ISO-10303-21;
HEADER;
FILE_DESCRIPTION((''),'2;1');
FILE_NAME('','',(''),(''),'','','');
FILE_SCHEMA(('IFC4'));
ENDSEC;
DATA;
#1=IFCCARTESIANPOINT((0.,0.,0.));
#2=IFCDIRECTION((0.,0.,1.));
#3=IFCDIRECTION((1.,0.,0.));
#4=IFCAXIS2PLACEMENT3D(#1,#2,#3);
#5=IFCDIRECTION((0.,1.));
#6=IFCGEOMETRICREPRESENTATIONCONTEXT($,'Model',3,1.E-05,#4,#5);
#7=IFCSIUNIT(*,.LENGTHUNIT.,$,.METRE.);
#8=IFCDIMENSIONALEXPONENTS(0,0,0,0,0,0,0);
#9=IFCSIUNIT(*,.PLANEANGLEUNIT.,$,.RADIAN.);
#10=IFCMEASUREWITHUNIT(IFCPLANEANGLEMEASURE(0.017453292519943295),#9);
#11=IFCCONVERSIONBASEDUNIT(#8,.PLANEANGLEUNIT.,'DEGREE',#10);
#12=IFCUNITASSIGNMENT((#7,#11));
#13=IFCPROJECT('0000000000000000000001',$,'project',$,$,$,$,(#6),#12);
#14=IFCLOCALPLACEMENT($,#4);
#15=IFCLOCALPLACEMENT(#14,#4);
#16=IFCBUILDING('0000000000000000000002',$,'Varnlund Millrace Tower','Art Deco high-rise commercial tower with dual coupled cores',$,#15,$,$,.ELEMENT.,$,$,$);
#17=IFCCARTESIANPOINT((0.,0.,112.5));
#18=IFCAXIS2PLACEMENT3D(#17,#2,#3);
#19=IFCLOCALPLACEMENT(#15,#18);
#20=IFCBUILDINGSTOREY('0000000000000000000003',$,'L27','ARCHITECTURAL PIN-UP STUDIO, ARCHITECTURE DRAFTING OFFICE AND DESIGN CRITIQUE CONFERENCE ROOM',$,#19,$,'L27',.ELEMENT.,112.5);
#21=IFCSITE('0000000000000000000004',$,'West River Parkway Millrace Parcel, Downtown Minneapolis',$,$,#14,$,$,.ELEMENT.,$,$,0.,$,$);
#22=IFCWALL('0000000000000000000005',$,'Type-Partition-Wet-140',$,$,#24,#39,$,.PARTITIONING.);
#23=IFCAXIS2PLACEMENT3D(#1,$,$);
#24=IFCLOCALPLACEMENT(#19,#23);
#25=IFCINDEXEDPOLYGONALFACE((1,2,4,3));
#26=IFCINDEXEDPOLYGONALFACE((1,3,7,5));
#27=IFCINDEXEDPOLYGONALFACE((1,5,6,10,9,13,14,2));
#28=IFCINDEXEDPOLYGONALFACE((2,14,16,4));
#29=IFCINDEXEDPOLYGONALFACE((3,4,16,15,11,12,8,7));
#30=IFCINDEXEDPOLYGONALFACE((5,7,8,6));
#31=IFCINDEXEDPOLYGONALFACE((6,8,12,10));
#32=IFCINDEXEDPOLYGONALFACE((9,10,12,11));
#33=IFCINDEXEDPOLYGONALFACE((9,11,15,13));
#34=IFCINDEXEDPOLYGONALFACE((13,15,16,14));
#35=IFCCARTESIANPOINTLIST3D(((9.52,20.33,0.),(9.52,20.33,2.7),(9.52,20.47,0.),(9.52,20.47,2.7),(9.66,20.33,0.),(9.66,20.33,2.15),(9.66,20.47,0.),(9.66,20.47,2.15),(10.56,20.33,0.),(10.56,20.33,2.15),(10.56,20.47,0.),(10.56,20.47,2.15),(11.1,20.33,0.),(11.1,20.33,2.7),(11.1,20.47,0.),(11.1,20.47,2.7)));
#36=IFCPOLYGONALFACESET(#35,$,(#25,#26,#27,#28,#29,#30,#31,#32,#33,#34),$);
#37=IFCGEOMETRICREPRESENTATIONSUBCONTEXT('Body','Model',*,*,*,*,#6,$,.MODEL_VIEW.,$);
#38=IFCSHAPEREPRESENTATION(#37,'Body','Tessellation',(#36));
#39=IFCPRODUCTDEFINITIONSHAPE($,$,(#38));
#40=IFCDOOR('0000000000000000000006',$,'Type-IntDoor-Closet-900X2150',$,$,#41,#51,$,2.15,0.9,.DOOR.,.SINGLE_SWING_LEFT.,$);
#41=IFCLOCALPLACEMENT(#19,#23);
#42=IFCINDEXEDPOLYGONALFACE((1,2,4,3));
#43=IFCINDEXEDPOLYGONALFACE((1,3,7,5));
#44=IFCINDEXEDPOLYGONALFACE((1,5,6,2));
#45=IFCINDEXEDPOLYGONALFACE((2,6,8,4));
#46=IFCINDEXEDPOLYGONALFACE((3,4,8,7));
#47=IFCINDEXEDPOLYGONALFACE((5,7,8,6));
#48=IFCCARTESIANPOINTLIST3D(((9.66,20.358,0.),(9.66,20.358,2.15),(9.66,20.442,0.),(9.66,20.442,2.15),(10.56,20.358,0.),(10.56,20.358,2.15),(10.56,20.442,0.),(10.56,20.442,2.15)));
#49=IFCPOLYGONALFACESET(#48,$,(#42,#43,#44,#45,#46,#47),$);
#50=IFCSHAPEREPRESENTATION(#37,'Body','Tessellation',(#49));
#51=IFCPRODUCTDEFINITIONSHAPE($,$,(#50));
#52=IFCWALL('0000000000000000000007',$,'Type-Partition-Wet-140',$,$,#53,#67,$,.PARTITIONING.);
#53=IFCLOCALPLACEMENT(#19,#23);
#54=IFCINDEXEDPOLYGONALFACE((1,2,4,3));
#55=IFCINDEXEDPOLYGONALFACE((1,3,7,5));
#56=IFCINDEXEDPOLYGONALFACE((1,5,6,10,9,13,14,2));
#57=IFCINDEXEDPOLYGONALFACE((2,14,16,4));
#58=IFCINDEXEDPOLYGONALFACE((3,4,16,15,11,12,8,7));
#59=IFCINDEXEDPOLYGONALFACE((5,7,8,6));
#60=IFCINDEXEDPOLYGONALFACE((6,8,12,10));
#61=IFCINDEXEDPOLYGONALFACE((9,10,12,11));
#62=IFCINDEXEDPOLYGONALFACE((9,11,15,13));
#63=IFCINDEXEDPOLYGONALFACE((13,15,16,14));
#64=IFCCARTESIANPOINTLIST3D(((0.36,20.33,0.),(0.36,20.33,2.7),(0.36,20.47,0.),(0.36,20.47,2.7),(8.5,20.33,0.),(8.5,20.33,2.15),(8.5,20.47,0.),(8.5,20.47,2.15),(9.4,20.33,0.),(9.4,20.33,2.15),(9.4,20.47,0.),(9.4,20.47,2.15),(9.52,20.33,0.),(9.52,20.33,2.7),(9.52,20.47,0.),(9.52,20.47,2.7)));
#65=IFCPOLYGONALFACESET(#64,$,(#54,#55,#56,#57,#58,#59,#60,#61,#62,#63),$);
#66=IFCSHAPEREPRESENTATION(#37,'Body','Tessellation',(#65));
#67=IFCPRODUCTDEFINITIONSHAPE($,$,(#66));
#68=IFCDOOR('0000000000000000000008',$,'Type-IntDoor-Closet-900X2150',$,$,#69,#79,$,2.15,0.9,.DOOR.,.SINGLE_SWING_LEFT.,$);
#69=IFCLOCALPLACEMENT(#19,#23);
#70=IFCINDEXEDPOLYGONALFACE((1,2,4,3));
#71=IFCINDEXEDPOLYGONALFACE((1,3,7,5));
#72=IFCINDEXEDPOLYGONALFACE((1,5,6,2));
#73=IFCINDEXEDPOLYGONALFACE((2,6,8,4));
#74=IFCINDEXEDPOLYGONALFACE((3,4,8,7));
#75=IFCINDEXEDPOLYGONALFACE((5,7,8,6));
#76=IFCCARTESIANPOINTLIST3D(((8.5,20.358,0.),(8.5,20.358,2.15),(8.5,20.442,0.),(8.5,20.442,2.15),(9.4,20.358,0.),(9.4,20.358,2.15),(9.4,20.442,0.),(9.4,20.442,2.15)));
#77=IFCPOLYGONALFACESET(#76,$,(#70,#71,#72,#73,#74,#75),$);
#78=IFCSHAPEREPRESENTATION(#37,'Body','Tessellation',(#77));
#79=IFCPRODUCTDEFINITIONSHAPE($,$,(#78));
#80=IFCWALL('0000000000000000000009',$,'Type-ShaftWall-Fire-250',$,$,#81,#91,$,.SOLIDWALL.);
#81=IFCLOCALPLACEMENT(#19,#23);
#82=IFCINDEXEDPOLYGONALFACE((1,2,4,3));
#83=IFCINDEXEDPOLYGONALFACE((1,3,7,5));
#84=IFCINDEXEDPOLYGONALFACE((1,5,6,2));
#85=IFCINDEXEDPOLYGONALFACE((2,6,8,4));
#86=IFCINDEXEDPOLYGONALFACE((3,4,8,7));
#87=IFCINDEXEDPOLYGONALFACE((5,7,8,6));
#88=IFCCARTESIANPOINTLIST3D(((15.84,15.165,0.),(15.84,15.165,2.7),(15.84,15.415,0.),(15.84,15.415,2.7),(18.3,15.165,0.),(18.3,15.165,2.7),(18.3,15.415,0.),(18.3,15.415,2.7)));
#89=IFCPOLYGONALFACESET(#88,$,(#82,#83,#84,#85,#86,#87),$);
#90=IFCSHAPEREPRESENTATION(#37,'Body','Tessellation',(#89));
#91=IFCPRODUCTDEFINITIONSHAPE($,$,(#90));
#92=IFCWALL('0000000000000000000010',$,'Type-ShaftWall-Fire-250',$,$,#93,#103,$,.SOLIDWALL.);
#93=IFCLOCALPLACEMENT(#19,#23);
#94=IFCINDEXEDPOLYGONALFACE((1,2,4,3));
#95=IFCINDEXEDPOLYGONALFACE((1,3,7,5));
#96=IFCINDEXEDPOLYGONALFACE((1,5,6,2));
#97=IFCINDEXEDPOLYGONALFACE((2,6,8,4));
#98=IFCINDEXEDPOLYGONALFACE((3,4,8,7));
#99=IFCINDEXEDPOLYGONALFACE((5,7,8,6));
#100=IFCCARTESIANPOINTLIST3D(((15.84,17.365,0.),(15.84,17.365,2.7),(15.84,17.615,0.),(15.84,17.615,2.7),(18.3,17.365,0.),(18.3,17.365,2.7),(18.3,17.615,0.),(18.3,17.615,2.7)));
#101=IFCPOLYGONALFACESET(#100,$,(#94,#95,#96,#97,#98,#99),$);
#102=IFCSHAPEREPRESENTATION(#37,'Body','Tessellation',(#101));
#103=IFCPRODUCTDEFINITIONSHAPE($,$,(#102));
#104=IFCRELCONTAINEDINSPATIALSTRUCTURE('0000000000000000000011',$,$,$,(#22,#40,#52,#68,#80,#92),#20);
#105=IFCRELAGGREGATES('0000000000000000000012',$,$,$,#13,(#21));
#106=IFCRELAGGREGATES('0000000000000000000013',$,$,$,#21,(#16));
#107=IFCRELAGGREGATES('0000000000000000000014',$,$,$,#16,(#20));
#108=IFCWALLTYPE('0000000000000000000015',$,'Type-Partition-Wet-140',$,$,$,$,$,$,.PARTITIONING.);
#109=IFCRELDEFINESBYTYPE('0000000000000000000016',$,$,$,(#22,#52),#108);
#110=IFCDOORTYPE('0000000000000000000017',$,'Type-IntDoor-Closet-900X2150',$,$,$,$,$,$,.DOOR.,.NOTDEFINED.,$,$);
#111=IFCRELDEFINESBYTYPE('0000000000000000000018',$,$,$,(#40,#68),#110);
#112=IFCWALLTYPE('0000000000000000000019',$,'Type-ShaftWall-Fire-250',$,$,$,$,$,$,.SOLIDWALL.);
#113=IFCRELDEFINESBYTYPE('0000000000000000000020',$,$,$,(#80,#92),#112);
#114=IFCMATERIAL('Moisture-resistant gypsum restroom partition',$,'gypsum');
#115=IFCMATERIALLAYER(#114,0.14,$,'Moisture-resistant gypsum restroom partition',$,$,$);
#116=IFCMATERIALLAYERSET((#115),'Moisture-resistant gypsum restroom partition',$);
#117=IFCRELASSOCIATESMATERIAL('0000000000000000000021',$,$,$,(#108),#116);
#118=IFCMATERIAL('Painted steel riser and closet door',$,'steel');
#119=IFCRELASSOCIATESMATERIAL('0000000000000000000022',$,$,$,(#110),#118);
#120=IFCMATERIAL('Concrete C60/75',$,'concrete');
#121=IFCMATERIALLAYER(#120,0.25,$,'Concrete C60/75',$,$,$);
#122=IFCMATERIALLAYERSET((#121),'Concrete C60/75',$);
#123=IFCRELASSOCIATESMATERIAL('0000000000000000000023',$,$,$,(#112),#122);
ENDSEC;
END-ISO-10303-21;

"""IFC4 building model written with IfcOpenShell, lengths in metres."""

from ifc_helpers import new_model, entity, si_unit, converted_unit, direction, frame, origin_with_axes, origin_2d_with_axis, place, context, subcontext, project, spatial, polyline, rectangle, outline, extrude, material, layer, layer_set, type_object, element, fill, save


model = new_model("IFC4")

# Units and contexts
model_context = context("Model", 3, precision=1e-05, world=origin_with_axes(), true_north=direction((0.0, 1.0)))
body_context = subcontext(model_context, "Body", "Model", "MODEL_VIEW")
ifc_project = project(units=[si_unit("LENGTHUNIT", "METRE"), converted_unit("PLANEANGLEUNIT", "DEGREE", entity("IfcPlaneAngleMeasure", 0.017453292519943295), si_unit("PLANEANGLEUNIT", "RADIAN"), dimensions=[0, 0, 0, 0, 0, 0, 0])], contexts=[model_context])

# Site, building, storey
site_placement = place(None, origin_with_axes())
site = spatial("IfcSite", under=ifc_project, at=site_placement, Name="West River Parkway Millrace Parcel, Downtown Minneapolis", CompositionType="ELEMENT", RefElevation=0.0)
building_placement = place(site_placement, origin_with_axes())
building = spatial("IfcBuilding", under=site, at=building_placement, Name="Varnlund Millrace Tower", Description="Art Deco high-rise commercial tower with dual coupled cores", CompositionType="ELEMENT")
storey_placement = place(building_placement, frame((0.0, 0.0, 112.5), z_axis=(0.0, 0.0, 1.0), x_axis=(1.0, 0.0, 0.0)))
storey = spatial("IfcBuildingStorey", under=building, at=storey_placement, Name="L27", Description="ARCHITECTURAL PIN-UP STUDIO, ARCHITECTURE DRAFTING OFFICE AND DESIGN CRITIQUE CONFERENCE ROOM", LongName="L27", CompositionType="ELEMENT", Elevation=112.5)

# Shared definitions
ifc_material_1 = material(Name="Moisture-resistant gypsum restroom partition", Category="gypsum")
ifc_layer_1 = layer(ifc_material_1, 0.14, Name="Moisture-resistant gypsum restroom partition")
ifc_layer_set_1 = layer_set([ifc_layer_1], Name="Moisture-resistant gypsum restroom partition")
wall_type_1 = type_object("IfcWallType", Name="Type-Partition-Wet-140", PredefinedType="PARTITIONING", material=ifc_layer_set_1)

# Walls, openings, doors
wall_1_placement = place(storey_placement, frame((9.52, 20.4, 0.0), z_axis=(0.0, 0.0, 1.0), x_axis=(1.0, 0.0, 0.0)))
wall_1 = element("IfcWall", 1, at=wall_1_placement, inside=storey, type_object=wall_type_1, Name="Type-Partition-Wet-140", PredefinedType="PARTITIONING", context=body_context, shape_type="SweptSolid", body=[
    extrude(outline(polyline([(0.0, -0.07), (1.58, -0.07), (1.58, 0.07), (0.0, 0.07), (0.0, -0.07)])), origin_with_axes(), (0.0, 0.0, 1.0), 2.7),
])
opening_1_placement = place(wall_1_placement, frame((0.59, 0.0, 0.0), z_axis=(0.0, 0.0, 1.0), x_axis=(1.0, 0.0, 0.0)))
opening_1 = element("IfcOpeningElement", 2, at=opening_1_placement, cuts=wall_1, PredefinedType="OPENING", context=body_context, shape_type="SweptSolid", body=[
    extrude(rectangle(XDim=0.9, YDim=0.16, at=origin_2d_with_axis()), origin_with_axes(), (0.0, 0.0, 1.0), 2.15),
])
ifc_material_2 = material(Name="Painted steel riser and closet door", Category="steel")
door_type_1 = type_object("IfcDoorType", Name="Type-IntDoor-Closet-900X2150", OperationType="NOTDEFINED", PredefinedType="DOOR", material=ifc_material_2)
door_1_placement = place(wall_1_placement, frame((0.59, 0.0, 0.0), z_axis=(0.0, 0.0, 1.0), x_axis=(1.0, 0.0, 0.0)))
door_1 = element("IfcDoor", 3, at=door_1_placement, inside=storey, type_object=door_type_1, Name="Type-IntDoor-Closet-900X2150", OperationType="SINGLE_SWING_LEFT", OverallHeight=2.15, OverallWidth=0.9, PredefinedType="DOOR", context=body_context, shape_type="SweptSolid", body=[
    extrude(rectangle(XDim=0.9, YDim=0.084, at=origin_2d_with_axis()), origin_with_axes(), (0.0, 0.0, 1.0), 2.15),
])
fill(opening_1, door_1)
wall_2_placement = place(storey_placement, frame((0.36, 20.4, 0.0), z_axis=(0.0, 0.0, 1.0), x_axis=(1.0, 0.0, 0.0)))
wall_2 = element("IfcWall", 4, at=wall_2_placement, inside=storey, type_object=wall_type_1, Name="Type-Partition-Wet-140", PredefinedType="PARTITIONING", context=body_context, shape_type="SweptSolid", body=[
    extrude(outline(polyline([(0.0, -0.07), (9.16, -0.07), (9.16, 0.07), (0.0, 0.07), (0.0, -0.07)])), origin_with_axes(), (0.0, 0.0, 1.0), 2.7),
])
opening_2_placement = place(wall_2_placement, frame((8.59, 0.0, 0.0), z_axis=(0.0, 0.0, 1.0), x_axis=(1.0, 0.0, 0.0)))
opening_2 = element("IfcOpeningElement", 5, at=opening_2_placement, cuts=wall_2, PredefinedType="OPENING", context=body_context, shape_type="SweptSolid", body=[
    extrude(rectangle(XDim=0.9, YDim=0.16, at=origin_2d_with_axis()), origin_with_axes(), (0.0, 0.0, 1.0), 2.15),
])
door_2_placement = place(wall_2_placement, frame((8.59, 0.0, 0.0), z_axis=(0.0, 0.0, 1.0), x_axis=(1.0, 0.0, 0.0)))
door_2 = element("IfcDoor", 6, at=door_2_placement, inside=storey, type_object=door_type_1, Name="Type-IntDoor-Closet-900X2150", OperationType="SINGLE_SWING_LEFT", OverallHeight=2.15, OverallWidth=0.9, PredefinedType="DOOR", context=body_context, shape_type="SweptSolid", body=[
    extrude(rectangle(XDim=0.9, YDim=0.084, at=origin_2d_with_axis()), origin_with_axes(), (0.0, 0.0, 1.0), 2.15),
])
fill(opening_2, door_2)

# Walls
ifc_material_3 = material(Name="Concrete C60/75", Category="concrete")
ifc_layer_2 = layer(ifc_material_3, 0.25, Name="Concrete C60/75")
ifc_layer_set_2 = layer_set([ifc_layer_2], Name="Concrete C60/75")
wall_type_2 = type_object("IfcWallType", Name="Type-ShaftWall-Fire-250", PredefinedType="SOLIDWALL", material=ifc_layer_set_2)
for number, where, z_axis, x_axis, name in (
    (7, (15.84, 15.29, 0.0), (0.0, 0.0, 1.0), (1.0, 0.0, 0.0), "Type-ShaftWall-Fire-250"),
    (8, (15.84, 17.49, 0.0), (0.0, 0.0, 1.0), (1.0, 0.0, 0.0), "Type-ShaftWall-Fire-250"),
):
    element("IfcWall", number, at=place(storey_placement, frame(where, z_axis=z_axis, x_axis=x_axis)), inside=storey, type_object=wall_type_2, Name=name, PredefinedType="SOLIDWALL", context=body_context, shape_type="SweptSolid", body=[
        extrude(outline(polyline([(0.0, -0.125), (2.46, -0.125), (2.46, 0.125), (0.0, 0.125), (0.0, -0.125)])), origin_with_axes(), (0.0, 0.0, 1.0), 2.7),
    ])

save(model, "model.ifc")
